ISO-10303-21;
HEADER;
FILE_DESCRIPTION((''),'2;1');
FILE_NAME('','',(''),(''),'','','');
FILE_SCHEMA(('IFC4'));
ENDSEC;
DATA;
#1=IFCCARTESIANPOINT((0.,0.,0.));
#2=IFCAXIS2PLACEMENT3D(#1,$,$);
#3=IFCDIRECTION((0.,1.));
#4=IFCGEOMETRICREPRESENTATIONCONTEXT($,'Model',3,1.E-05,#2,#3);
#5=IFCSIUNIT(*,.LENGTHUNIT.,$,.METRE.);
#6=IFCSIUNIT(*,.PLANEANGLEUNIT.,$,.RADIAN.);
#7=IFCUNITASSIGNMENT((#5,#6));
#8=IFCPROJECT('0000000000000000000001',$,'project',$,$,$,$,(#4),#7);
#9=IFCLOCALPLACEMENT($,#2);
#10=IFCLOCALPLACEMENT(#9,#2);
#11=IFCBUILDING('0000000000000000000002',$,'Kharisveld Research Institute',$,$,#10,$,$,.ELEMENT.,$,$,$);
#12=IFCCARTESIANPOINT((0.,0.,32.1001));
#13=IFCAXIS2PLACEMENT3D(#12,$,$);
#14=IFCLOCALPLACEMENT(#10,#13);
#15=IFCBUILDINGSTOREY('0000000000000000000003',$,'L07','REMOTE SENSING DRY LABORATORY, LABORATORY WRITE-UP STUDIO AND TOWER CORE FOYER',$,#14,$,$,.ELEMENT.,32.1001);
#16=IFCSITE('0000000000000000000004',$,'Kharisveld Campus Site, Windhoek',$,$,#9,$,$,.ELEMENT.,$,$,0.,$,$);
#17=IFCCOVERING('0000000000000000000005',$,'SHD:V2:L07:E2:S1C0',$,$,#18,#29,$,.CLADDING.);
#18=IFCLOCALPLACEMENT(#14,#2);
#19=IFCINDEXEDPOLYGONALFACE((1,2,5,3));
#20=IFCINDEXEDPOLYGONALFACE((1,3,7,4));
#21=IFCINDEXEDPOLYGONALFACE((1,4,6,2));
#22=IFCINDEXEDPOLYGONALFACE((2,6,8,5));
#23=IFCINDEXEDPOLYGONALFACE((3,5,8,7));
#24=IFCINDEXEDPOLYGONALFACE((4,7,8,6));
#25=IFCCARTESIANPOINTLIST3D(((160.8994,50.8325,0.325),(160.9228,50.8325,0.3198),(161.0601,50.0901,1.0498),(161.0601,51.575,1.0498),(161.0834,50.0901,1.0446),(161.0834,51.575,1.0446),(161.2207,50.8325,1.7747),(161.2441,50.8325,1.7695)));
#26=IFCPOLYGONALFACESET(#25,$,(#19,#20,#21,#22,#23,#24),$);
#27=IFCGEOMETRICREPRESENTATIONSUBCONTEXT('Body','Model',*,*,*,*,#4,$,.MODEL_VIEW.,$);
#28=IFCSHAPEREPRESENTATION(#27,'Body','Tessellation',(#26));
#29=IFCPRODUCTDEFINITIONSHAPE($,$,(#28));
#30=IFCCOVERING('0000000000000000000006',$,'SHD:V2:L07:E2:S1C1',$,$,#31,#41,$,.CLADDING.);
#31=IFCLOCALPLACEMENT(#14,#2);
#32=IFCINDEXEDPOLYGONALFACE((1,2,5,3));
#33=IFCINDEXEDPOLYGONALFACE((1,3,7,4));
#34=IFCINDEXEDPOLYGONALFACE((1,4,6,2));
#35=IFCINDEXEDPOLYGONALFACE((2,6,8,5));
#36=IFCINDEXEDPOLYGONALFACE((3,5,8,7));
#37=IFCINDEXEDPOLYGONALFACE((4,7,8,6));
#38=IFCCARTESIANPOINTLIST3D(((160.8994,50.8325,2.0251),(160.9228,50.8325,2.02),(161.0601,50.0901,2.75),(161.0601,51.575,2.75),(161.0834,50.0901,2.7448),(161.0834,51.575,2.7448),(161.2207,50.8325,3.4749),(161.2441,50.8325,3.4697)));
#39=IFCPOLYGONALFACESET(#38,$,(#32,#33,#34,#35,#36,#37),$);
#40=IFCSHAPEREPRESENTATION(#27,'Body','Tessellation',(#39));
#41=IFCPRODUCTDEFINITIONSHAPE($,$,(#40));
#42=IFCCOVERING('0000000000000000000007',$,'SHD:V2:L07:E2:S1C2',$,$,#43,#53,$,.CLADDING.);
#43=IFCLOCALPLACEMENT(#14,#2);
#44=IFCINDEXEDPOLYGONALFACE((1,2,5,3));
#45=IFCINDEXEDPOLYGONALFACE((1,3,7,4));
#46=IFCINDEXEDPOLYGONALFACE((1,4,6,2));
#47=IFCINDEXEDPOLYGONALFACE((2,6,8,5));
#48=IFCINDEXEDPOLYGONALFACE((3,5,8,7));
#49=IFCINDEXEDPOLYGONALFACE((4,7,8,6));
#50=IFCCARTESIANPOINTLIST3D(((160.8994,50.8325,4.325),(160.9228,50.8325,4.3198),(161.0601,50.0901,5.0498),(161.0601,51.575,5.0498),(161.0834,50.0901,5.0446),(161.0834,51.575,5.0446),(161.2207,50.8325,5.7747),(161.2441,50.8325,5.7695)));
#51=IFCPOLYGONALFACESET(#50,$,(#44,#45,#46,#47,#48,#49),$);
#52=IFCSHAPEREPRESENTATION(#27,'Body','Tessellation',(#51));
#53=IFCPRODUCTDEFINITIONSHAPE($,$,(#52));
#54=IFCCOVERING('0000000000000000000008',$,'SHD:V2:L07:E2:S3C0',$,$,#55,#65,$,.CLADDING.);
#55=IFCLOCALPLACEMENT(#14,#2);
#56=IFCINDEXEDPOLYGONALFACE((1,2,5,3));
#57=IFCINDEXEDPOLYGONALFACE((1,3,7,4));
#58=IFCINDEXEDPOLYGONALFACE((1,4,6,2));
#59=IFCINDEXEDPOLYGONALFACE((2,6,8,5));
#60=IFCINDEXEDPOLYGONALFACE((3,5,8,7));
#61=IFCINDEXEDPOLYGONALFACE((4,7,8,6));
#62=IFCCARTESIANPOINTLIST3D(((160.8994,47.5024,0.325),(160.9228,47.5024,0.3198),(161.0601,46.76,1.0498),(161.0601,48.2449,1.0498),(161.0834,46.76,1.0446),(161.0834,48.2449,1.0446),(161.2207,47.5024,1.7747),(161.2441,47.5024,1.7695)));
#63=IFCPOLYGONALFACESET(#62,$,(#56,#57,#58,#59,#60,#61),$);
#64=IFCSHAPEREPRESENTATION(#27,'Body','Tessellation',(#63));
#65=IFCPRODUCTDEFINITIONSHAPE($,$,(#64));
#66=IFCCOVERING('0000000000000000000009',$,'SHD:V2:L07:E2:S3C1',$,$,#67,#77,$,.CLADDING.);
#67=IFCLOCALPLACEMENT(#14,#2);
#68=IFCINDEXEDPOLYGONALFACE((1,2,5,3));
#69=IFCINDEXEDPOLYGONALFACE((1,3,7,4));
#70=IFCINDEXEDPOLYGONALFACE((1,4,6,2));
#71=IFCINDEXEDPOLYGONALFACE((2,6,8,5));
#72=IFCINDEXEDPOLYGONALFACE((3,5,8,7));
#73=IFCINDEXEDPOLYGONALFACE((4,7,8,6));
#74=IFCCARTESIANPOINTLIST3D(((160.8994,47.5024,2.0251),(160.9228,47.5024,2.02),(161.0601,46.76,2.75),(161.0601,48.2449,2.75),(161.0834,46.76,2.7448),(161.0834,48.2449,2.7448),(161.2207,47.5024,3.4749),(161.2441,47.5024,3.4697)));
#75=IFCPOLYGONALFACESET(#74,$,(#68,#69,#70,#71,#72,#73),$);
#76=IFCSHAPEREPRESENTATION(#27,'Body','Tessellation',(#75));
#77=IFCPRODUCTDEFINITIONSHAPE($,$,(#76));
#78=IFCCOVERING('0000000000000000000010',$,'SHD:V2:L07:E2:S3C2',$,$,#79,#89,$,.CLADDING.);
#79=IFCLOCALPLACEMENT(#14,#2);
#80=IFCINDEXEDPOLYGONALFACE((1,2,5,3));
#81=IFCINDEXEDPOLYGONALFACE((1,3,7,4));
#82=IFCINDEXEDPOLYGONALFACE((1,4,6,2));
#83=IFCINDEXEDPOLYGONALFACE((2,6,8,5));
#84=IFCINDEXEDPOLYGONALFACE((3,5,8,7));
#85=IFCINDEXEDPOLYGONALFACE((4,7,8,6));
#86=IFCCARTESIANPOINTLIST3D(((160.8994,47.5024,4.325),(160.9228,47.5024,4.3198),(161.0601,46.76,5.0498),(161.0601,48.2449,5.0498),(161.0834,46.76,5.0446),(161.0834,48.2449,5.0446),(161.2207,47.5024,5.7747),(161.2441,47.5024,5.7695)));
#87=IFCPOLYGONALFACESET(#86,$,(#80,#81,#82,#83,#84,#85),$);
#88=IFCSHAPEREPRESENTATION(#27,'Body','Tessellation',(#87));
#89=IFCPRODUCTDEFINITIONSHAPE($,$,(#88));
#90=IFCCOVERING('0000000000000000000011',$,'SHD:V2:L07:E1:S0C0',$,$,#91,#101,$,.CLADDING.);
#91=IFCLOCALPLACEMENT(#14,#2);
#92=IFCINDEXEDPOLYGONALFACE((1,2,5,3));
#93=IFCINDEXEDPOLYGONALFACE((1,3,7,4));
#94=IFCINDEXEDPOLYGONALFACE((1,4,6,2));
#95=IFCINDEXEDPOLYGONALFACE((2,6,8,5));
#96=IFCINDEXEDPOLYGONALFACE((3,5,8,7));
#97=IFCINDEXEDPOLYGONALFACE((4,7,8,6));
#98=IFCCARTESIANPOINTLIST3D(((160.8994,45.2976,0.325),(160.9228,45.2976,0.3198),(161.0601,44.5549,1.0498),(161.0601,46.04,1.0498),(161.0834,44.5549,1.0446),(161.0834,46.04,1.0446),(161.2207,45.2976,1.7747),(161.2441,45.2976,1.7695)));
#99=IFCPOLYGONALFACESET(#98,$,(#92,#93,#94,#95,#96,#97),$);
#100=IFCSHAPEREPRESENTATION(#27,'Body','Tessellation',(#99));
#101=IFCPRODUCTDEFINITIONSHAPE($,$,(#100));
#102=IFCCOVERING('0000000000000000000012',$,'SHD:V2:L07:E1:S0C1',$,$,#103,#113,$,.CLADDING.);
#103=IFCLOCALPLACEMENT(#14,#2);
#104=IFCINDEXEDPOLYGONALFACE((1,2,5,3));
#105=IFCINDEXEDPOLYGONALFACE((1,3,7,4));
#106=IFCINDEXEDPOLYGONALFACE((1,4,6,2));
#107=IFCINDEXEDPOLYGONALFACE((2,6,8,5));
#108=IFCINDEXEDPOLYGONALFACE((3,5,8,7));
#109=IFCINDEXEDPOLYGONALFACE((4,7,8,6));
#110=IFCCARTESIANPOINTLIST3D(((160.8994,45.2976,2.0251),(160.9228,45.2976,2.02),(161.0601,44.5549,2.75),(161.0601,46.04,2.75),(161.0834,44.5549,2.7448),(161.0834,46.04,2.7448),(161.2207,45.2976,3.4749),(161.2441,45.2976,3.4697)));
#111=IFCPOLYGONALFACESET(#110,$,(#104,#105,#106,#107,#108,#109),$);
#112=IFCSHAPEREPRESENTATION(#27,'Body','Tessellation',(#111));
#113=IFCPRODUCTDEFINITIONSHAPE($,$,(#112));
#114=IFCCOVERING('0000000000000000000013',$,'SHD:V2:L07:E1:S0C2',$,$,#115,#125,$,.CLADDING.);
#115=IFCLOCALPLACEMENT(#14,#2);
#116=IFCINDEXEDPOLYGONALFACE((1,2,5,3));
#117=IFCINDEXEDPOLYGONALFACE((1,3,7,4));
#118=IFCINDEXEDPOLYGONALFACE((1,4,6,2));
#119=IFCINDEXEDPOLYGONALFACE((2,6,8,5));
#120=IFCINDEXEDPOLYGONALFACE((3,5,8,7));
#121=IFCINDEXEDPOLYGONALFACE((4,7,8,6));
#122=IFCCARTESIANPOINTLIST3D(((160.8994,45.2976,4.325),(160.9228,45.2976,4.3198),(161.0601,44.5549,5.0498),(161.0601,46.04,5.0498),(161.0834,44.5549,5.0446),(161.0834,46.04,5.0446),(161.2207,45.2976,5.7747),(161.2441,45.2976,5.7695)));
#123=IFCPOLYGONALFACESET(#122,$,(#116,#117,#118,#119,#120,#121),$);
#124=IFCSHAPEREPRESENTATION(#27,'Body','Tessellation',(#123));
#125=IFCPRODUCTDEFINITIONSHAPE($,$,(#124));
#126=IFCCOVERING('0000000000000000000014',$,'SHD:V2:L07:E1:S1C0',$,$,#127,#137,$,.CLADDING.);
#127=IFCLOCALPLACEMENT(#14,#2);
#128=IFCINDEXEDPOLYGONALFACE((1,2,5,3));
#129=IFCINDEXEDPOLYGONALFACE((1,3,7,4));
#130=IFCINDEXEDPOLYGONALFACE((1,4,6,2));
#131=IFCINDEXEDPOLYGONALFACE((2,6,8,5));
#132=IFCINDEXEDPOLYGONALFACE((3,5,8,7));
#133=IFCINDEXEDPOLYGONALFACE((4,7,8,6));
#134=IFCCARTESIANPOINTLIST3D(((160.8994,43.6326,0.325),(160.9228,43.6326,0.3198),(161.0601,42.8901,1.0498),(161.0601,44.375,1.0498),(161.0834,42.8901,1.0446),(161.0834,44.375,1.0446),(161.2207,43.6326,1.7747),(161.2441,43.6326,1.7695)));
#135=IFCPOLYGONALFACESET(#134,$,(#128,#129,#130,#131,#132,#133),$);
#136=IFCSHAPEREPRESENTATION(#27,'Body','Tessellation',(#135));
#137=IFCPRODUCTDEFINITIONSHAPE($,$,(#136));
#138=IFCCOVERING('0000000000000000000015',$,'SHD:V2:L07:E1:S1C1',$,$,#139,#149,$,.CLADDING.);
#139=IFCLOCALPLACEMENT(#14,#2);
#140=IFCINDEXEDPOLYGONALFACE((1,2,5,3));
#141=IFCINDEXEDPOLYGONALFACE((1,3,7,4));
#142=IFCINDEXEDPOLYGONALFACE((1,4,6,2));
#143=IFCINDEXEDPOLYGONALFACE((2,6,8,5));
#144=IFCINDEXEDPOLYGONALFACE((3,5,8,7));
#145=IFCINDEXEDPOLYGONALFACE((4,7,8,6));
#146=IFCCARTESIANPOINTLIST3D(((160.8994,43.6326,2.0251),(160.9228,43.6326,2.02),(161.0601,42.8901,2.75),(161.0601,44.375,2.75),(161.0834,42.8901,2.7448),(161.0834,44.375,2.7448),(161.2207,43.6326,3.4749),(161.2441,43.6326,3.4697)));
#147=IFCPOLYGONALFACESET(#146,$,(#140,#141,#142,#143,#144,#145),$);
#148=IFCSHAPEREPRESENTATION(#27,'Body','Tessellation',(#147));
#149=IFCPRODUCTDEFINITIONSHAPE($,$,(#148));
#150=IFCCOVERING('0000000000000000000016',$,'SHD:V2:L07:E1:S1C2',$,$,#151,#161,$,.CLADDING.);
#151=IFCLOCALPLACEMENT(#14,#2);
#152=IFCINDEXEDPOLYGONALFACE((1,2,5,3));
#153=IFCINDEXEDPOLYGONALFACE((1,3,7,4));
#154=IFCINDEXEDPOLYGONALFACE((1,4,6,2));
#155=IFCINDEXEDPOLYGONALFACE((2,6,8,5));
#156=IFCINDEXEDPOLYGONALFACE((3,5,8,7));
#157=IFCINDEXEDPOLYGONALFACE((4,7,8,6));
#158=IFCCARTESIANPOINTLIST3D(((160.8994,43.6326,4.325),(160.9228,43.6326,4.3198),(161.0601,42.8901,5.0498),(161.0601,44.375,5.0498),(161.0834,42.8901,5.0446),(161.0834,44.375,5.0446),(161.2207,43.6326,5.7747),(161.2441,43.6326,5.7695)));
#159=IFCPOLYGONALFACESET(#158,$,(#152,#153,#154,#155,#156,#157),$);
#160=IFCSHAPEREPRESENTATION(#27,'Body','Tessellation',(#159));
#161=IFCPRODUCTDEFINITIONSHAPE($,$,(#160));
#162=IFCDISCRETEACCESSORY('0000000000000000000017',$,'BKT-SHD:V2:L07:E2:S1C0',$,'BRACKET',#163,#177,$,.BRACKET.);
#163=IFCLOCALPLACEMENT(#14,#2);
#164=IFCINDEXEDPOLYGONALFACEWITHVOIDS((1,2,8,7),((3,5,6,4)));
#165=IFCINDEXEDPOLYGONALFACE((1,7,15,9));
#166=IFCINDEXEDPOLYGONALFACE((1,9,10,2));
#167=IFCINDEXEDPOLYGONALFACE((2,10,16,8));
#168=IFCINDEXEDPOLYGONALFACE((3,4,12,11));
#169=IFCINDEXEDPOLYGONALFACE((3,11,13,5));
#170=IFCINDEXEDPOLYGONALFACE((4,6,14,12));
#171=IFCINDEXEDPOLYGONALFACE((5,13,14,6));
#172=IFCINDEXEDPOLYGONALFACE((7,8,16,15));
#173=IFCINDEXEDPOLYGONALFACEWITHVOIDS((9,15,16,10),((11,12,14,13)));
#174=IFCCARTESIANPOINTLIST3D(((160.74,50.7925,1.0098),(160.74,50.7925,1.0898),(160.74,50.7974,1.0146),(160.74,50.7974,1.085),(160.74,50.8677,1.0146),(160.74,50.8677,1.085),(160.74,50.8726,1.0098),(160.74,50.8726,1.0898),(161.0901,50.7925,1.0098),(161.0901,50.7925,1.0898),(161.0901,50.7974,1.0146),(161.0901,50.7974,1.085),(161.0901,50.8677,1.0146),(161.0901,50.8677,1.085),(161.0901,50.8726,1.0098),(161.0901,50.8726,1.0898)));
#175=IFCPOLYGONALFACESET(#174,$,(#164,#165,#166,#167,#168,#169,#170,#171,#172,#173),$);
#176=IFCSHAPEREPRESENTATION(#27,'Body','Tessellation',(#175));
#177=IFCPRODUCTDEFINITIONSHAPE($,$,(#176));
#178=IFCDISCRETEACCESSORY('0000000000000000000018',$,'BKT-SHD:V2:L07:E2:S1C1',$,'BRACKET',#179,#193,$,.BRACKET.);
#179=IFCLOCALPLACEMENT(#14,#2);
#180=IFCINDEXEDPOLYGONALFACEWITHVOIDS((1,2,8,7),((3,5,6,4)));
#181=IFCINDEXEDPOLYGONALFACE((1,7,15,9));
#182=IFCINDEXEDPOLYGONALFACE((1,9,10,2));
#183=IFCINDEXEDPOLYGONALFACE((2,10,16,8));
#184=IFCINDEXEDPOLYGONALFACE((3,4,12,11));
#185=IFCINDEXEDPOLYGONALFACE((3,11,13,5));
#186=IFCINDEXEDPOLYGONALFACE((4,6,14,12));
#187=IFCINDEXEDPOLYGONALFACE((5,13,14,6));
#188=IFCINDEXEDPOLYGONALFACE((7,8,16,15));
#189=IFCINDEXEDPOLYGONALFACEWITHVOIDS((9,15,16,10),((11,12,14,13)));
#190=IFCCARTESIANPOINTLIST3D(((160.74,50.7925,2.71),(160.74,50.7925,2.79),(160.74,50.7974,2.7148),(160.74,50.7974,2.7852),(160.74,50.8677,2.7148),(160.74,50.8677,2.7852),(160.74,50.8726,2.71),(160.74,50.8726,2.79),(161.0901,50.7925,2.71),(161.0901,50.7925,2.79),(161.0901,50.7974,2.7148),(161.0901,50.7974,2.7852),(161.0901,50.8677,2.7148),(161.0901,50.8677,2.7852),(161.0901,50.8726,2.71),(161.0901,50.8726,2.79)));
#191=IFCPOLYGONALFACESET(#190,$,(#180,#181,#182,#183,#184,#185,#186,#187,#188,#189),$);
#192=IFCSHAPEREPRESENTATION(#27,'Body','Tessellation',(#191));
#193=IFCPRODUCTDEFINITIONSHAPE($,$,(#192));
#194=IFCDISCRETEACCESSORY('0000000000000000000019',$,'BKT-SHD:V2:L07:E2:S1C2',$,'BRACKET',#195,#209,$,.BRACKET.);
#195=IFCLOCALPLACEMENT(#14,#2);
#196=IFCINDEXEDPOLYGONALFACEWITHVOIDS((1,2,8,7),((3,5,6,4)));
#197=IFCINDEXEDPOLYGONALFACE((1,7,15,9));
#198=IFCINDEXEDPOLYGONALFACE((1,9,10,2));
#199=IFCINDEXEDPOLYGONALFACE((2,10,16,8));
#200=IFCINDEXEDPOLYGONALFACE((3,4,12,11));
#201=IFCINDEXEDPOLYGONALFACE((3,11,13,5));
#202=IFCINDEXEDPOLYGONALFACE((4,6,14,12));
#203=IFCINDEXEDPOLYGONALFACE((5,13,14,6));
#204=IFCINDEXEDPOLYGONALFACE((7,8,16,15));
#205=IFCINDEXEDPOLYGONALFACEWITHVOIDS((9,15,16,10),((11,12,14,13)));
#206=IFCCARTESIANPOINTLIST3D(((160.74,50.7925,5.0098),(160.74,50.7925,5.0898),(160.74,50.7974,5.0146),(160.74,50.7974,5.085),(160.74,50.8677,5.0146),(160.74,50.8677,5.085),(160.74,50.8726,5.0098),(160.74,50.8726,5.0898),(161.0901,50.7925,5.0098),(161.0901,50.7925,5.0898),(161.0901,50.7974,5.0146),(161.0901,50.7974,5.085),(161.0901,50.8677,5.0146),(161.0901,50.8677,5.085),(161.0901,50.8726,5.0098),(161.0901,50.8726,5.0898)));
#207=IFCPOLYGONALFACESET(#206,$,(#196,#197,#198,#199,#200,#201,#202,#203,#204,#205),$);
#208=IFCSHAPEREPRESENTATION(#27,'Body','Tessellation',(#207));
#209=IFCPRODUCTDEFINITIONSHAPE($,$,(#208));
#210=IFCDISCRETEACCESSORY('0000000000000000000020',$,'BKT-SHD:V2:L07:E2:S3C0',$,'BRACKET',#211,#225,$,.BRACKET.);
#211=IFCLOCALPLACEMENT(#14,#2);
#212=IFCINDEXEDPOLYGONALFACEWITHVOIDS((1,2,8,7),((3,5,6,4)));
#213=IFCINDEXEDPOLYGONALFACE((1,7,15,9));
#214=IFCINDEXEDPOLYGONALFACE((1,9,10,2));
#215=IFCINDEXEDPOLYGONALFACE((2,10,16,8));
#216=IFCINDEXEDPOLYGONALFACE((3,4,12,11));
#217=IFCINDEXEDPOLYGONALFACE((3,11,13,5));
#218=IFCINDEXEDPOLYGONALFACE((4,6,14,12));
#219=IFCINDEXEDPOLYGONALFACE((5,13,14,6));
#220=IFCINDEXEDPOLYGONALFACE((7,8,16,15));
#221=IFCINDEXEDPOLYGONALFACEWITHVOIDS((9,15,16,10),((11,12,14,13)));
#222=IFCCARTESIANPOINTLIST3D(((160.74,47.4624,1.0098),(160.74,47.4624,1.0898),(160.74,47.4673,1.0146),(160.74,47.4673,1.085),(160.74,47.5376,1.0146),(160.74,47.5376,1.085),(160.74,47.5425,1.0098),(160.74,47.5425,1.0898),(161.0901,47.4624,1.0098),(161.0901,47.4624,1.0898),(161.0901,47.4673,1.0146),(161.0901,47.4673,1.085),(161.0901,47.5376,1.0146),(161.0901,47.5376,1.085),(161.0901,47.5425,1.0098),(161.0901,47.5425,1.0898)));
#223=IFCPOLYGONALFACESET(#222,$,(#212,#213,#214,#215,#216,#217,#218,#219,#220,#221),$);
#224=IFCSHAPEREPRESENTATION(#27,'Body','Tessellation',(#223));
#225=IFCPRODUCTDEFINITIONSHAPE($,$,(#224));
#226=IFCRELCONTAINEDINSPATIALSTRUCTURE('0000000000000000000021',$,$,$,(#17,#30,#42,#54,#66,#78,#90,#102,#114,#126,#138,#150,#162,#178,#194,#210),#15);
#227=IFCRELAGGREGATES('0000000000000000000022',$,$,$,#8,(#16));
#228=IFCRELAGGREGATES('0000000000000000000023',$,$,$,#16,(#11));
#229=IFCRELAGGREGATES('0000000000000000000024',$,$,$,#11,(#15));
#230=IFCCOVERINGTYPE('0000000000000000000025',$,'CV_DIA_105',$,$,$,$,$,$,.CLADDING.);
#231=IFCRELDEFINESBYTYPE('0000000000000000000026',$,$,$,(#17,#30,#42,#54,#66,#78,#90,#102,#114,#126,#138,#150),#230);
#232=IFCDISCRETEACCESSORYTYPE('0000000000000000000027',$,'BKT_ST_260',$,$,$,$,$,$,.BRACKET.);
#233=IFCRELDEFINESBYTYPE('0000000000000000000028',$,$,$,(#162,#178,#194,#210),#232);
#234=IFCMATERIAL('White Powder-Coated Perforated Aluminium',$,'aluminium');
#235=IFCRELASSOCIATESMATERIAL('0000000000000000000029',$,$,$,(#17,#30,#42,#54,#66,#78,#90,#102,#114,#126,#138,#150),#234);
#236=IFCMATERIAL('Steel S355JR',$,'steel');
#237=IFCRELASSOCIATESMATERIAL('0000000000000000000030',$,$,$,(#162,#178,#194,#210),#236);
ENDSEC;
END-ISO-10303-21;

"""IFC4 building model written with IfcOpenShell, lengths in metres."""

from ifc_helpers import new_model, si_unit, direction, frame, origin, origin_2d, place, context, subcontext, project, spatial, polyline, hollow_rectangle, outline, extrude, material, type_object, element, save


model = new_model("IFC4")

# Units and contexts
model_context = context("Model", 3, precision=1e-05, world=origin(), true_north=direction((0.0, 1.0)))
body_context = subcontext(model_context, "Body", "Model", "MODEL_VIEW")
ifc_project = project(units=[si_unit("LENGTHUNIT", "METRE"), si_unit("PLANEANGLEUNIT", "RADIAN")], contexts=[model_context])

# Site, building, storey
site_placement = place(None, origin())
site = spatial("IfcSite", under=ifc_project, at=site_placement, Name="Kharisveld Campus Site, Windhoek", CompositionType="ELEMENT", RefElevation=0.0)
building_placement = place(site_placement, origin())
building = spatial("IfcBuilding", under=site, at=building_placement, Name="Kharisveld Research Institute", CompositionType="ELEMENT")
storey_placement = place(building_placement, frame((0.0, 0.0, 32.1001)))
storey = spatial("IfcBuildingStorey", under=building, at=storey_placement, Name="L07", Description="REMOTE SENSING DRY LABORATORY, LABORATORY WRITE-UP STUDIO AND TOWER CORE FOYER", CompositionType="ELEMENT", Elevation=32.1001)

# Coverings
ifc_material_1 = material(Name="White Powder-Coated Perforated Aluminium", Category="aluminium")
covering_type = type_object("IfcCoveringType", Name="CV_DIA_105", PredefinedType="CLADDING")
for number, where, z_axis, x_axis, name in (
    (1, (160.8994, 50.8325, 0.325), (-0.976311, 0.0, 0.216373), (0.153, -0.707102, 0.69036), "SHD:V2:L07:E2:S1C0"),
    (2, (160.8994, 50.8325, 2.0251), (-0.976311, 0.0, 0.216373), (0.153, -0.707102, 0.69036), "SHD:V2:L07:E2:S1C1"),
    (3, (160.8994, 50.8325, 4.325), (-0.976311, 0.0, 0.216373), (0.153, -0.707102, 0.69036), "SHD:V2:L07:E2:S1C2"),
    (4, (160.8994, 47.5024, 0.325), (-0.976311, 0.0, 0.216373), (0.153, -0.707102, 0.69036), "SHD:V2:L07:E2:S3C0"),
    (5, (160.8994, 47.5024, 2.0251), (-0.976311, 0.0, 0.216373), (0.153, -0.707102, 0.69036), "SHD:V2:L07:E2:S3C1"),
    (6, (160.8994, 47.5024, 4.325), (-0.976311, 0.0, 0.216373), (0.153, -0.707102, 0.69036), "SHD:V2:L07:E2:S3C2"),
):
    element("IfcCovering", number, at=place(storey_placement, frame(where, z_axis=z_axis, x_axis=x_axis)), inside=storey, type_object=covering_type, material=ifc_material_1, Name=name, PredefinedType="CLADDING", context=body_context, shape_type="SweptSolid", body=[
        extrude(outline(polyline([(0.0, 0.0), (1.05, 0.0), (1.05, 1.05), (0.0, 1.05), (0.0, 0.0)])), origin(), (0.0, 0.0, -1.0), 0.0239),
    ])
for number, where, z_axis, x_axis, name in (
    (7, (160.8994, 45.2976, 0.325), (-0.976311, 0.0, 0.216373), (0.152975, -0.707218, 0.690247), "SHD:V2:L07:E1:S0C0"),
    (8, (160.8994, 45.2976, 2.0251), (-0.976311, 0.0, 0.216373), (0.152975, -0.707218, 0.690247), "SHD:V2:L07:E1:S0C1"),
    (9, (160.8994, 45.2976, 4.325), (-0.976311, 0.0, 0.216373), (0.152975, -0.707218, 0.690247), "SHD:V2:L07:E1:S0C2"),
):
    element("IfcCovering", number, at=place(storey_placement, frame(where, z_axis=z_axis, x_axis=x_axis)), inside=storey, type_object=covering_type, material=ifc_material_1, Name=name, PredefinedType="CLADDING", context=body_context, shape_type="SweptSolid", body=[
        extrude(outline(polyline([(0.0, 0.0), (1.0501, 0.0), (1.0498, 1.0501), (-0.0002, 1.05), (0.0, 0.0)])), origin(), (0.0, 0.0, -1.0), 0.0239),
    ])
for number, where, z_axis, x_axis, name in (
    (10, (160.8994, 43.6326, 0.325), (-0.976311, 0.0, 0.216373), (0.153, -0.707102, 0.69036), "SHD:V2:L07:E1:S1C0"),
    (11, (160.8994, 43.6326, 2.0251), (-0.976311, 0.0, 0.216373), (0.153, -0.707102, 0.69036), "SHD:V2:L07:E1:S1C1"),
    (12, (160.8994, 43.6326, 4.325), (-0.976311, 0.0, 0.216373), (0.153, -0.707102, 0.69036), "SHD:V2:L07:E1:S1C2"),
):
    element("IfcCovering", number, at=place(storey_placement, frame(where, z_axis=z_axis, x_axis=x_axis)), inside=storey, type_object=covering_type, material=ifc_material_1, Name=name, PredefinedType="CLADDING", context=body_context, shape_type="SweptSolid", body=[
        extrude(outline(polyline([(0.0, 0.0), (1.05, 0.0), (1.05, 1.05), (0.0, 1.05), (0.0, 0.0)])), origin(), (0.0, 0.0, -1.0), 0.0239),
    ])

# Discrete accessories
ifc_material_2 = material(Name="Steel S355JR", Category="steel")
discrete_accessory_type = type_object("IfcDiscreteAccessoryType", Name="BKT_ST_260", PredefinedType="BRACKET")
for number, where, z_axis, x_axis, name in (
    (13, (160.74, 50.8325, 1.0498), (1.0, 0.0, 0.0), (0.0, 1.0, 0.0), "BKT-SHD:V2:L07:E2:S1C0"),
    (14, (160.74, 50.8325, 2.75), (1.0, 0.0, 0.0), (0.0, 1.0, 0.0), "BKT-SHD:V2:L07:E2:S1C1"),
    (15, (160.74, 50.8325, 5.0498), (1.0, 0.0, 0.0), (0.0, 1.0, 0.0), "BKT-SHD:V2:L07:E2:S1C2"),
    (16, (160.74, 47.5024, 1.0498), (1.0, 0.0, 0.0), (0.0, 1.0, 0.0), "BKT-SHD:V2:L07:E2:S3C0"),
):
    element("IfcDiscreteAccessory", number, at=place(storey_placement, frame(where, z_axis=z_axis, x_axis=x_axis)), inside=storey, type_object=discrete_accessory_type, material=ifc_material_2, Name=name, ObjectType="BRACKET", PredefinedType="BRACKET", context=body_context, shape_type="SweptSolid", body=[
        extrude(hollow_rectangle(XDim=0.0801, YDim=0.0801, WallThickness=0.0049, at=origin_2d()), origin(), (0.0, 0.0, 1.0), 0.3501),
    ])

save(model, "model.ifc")
